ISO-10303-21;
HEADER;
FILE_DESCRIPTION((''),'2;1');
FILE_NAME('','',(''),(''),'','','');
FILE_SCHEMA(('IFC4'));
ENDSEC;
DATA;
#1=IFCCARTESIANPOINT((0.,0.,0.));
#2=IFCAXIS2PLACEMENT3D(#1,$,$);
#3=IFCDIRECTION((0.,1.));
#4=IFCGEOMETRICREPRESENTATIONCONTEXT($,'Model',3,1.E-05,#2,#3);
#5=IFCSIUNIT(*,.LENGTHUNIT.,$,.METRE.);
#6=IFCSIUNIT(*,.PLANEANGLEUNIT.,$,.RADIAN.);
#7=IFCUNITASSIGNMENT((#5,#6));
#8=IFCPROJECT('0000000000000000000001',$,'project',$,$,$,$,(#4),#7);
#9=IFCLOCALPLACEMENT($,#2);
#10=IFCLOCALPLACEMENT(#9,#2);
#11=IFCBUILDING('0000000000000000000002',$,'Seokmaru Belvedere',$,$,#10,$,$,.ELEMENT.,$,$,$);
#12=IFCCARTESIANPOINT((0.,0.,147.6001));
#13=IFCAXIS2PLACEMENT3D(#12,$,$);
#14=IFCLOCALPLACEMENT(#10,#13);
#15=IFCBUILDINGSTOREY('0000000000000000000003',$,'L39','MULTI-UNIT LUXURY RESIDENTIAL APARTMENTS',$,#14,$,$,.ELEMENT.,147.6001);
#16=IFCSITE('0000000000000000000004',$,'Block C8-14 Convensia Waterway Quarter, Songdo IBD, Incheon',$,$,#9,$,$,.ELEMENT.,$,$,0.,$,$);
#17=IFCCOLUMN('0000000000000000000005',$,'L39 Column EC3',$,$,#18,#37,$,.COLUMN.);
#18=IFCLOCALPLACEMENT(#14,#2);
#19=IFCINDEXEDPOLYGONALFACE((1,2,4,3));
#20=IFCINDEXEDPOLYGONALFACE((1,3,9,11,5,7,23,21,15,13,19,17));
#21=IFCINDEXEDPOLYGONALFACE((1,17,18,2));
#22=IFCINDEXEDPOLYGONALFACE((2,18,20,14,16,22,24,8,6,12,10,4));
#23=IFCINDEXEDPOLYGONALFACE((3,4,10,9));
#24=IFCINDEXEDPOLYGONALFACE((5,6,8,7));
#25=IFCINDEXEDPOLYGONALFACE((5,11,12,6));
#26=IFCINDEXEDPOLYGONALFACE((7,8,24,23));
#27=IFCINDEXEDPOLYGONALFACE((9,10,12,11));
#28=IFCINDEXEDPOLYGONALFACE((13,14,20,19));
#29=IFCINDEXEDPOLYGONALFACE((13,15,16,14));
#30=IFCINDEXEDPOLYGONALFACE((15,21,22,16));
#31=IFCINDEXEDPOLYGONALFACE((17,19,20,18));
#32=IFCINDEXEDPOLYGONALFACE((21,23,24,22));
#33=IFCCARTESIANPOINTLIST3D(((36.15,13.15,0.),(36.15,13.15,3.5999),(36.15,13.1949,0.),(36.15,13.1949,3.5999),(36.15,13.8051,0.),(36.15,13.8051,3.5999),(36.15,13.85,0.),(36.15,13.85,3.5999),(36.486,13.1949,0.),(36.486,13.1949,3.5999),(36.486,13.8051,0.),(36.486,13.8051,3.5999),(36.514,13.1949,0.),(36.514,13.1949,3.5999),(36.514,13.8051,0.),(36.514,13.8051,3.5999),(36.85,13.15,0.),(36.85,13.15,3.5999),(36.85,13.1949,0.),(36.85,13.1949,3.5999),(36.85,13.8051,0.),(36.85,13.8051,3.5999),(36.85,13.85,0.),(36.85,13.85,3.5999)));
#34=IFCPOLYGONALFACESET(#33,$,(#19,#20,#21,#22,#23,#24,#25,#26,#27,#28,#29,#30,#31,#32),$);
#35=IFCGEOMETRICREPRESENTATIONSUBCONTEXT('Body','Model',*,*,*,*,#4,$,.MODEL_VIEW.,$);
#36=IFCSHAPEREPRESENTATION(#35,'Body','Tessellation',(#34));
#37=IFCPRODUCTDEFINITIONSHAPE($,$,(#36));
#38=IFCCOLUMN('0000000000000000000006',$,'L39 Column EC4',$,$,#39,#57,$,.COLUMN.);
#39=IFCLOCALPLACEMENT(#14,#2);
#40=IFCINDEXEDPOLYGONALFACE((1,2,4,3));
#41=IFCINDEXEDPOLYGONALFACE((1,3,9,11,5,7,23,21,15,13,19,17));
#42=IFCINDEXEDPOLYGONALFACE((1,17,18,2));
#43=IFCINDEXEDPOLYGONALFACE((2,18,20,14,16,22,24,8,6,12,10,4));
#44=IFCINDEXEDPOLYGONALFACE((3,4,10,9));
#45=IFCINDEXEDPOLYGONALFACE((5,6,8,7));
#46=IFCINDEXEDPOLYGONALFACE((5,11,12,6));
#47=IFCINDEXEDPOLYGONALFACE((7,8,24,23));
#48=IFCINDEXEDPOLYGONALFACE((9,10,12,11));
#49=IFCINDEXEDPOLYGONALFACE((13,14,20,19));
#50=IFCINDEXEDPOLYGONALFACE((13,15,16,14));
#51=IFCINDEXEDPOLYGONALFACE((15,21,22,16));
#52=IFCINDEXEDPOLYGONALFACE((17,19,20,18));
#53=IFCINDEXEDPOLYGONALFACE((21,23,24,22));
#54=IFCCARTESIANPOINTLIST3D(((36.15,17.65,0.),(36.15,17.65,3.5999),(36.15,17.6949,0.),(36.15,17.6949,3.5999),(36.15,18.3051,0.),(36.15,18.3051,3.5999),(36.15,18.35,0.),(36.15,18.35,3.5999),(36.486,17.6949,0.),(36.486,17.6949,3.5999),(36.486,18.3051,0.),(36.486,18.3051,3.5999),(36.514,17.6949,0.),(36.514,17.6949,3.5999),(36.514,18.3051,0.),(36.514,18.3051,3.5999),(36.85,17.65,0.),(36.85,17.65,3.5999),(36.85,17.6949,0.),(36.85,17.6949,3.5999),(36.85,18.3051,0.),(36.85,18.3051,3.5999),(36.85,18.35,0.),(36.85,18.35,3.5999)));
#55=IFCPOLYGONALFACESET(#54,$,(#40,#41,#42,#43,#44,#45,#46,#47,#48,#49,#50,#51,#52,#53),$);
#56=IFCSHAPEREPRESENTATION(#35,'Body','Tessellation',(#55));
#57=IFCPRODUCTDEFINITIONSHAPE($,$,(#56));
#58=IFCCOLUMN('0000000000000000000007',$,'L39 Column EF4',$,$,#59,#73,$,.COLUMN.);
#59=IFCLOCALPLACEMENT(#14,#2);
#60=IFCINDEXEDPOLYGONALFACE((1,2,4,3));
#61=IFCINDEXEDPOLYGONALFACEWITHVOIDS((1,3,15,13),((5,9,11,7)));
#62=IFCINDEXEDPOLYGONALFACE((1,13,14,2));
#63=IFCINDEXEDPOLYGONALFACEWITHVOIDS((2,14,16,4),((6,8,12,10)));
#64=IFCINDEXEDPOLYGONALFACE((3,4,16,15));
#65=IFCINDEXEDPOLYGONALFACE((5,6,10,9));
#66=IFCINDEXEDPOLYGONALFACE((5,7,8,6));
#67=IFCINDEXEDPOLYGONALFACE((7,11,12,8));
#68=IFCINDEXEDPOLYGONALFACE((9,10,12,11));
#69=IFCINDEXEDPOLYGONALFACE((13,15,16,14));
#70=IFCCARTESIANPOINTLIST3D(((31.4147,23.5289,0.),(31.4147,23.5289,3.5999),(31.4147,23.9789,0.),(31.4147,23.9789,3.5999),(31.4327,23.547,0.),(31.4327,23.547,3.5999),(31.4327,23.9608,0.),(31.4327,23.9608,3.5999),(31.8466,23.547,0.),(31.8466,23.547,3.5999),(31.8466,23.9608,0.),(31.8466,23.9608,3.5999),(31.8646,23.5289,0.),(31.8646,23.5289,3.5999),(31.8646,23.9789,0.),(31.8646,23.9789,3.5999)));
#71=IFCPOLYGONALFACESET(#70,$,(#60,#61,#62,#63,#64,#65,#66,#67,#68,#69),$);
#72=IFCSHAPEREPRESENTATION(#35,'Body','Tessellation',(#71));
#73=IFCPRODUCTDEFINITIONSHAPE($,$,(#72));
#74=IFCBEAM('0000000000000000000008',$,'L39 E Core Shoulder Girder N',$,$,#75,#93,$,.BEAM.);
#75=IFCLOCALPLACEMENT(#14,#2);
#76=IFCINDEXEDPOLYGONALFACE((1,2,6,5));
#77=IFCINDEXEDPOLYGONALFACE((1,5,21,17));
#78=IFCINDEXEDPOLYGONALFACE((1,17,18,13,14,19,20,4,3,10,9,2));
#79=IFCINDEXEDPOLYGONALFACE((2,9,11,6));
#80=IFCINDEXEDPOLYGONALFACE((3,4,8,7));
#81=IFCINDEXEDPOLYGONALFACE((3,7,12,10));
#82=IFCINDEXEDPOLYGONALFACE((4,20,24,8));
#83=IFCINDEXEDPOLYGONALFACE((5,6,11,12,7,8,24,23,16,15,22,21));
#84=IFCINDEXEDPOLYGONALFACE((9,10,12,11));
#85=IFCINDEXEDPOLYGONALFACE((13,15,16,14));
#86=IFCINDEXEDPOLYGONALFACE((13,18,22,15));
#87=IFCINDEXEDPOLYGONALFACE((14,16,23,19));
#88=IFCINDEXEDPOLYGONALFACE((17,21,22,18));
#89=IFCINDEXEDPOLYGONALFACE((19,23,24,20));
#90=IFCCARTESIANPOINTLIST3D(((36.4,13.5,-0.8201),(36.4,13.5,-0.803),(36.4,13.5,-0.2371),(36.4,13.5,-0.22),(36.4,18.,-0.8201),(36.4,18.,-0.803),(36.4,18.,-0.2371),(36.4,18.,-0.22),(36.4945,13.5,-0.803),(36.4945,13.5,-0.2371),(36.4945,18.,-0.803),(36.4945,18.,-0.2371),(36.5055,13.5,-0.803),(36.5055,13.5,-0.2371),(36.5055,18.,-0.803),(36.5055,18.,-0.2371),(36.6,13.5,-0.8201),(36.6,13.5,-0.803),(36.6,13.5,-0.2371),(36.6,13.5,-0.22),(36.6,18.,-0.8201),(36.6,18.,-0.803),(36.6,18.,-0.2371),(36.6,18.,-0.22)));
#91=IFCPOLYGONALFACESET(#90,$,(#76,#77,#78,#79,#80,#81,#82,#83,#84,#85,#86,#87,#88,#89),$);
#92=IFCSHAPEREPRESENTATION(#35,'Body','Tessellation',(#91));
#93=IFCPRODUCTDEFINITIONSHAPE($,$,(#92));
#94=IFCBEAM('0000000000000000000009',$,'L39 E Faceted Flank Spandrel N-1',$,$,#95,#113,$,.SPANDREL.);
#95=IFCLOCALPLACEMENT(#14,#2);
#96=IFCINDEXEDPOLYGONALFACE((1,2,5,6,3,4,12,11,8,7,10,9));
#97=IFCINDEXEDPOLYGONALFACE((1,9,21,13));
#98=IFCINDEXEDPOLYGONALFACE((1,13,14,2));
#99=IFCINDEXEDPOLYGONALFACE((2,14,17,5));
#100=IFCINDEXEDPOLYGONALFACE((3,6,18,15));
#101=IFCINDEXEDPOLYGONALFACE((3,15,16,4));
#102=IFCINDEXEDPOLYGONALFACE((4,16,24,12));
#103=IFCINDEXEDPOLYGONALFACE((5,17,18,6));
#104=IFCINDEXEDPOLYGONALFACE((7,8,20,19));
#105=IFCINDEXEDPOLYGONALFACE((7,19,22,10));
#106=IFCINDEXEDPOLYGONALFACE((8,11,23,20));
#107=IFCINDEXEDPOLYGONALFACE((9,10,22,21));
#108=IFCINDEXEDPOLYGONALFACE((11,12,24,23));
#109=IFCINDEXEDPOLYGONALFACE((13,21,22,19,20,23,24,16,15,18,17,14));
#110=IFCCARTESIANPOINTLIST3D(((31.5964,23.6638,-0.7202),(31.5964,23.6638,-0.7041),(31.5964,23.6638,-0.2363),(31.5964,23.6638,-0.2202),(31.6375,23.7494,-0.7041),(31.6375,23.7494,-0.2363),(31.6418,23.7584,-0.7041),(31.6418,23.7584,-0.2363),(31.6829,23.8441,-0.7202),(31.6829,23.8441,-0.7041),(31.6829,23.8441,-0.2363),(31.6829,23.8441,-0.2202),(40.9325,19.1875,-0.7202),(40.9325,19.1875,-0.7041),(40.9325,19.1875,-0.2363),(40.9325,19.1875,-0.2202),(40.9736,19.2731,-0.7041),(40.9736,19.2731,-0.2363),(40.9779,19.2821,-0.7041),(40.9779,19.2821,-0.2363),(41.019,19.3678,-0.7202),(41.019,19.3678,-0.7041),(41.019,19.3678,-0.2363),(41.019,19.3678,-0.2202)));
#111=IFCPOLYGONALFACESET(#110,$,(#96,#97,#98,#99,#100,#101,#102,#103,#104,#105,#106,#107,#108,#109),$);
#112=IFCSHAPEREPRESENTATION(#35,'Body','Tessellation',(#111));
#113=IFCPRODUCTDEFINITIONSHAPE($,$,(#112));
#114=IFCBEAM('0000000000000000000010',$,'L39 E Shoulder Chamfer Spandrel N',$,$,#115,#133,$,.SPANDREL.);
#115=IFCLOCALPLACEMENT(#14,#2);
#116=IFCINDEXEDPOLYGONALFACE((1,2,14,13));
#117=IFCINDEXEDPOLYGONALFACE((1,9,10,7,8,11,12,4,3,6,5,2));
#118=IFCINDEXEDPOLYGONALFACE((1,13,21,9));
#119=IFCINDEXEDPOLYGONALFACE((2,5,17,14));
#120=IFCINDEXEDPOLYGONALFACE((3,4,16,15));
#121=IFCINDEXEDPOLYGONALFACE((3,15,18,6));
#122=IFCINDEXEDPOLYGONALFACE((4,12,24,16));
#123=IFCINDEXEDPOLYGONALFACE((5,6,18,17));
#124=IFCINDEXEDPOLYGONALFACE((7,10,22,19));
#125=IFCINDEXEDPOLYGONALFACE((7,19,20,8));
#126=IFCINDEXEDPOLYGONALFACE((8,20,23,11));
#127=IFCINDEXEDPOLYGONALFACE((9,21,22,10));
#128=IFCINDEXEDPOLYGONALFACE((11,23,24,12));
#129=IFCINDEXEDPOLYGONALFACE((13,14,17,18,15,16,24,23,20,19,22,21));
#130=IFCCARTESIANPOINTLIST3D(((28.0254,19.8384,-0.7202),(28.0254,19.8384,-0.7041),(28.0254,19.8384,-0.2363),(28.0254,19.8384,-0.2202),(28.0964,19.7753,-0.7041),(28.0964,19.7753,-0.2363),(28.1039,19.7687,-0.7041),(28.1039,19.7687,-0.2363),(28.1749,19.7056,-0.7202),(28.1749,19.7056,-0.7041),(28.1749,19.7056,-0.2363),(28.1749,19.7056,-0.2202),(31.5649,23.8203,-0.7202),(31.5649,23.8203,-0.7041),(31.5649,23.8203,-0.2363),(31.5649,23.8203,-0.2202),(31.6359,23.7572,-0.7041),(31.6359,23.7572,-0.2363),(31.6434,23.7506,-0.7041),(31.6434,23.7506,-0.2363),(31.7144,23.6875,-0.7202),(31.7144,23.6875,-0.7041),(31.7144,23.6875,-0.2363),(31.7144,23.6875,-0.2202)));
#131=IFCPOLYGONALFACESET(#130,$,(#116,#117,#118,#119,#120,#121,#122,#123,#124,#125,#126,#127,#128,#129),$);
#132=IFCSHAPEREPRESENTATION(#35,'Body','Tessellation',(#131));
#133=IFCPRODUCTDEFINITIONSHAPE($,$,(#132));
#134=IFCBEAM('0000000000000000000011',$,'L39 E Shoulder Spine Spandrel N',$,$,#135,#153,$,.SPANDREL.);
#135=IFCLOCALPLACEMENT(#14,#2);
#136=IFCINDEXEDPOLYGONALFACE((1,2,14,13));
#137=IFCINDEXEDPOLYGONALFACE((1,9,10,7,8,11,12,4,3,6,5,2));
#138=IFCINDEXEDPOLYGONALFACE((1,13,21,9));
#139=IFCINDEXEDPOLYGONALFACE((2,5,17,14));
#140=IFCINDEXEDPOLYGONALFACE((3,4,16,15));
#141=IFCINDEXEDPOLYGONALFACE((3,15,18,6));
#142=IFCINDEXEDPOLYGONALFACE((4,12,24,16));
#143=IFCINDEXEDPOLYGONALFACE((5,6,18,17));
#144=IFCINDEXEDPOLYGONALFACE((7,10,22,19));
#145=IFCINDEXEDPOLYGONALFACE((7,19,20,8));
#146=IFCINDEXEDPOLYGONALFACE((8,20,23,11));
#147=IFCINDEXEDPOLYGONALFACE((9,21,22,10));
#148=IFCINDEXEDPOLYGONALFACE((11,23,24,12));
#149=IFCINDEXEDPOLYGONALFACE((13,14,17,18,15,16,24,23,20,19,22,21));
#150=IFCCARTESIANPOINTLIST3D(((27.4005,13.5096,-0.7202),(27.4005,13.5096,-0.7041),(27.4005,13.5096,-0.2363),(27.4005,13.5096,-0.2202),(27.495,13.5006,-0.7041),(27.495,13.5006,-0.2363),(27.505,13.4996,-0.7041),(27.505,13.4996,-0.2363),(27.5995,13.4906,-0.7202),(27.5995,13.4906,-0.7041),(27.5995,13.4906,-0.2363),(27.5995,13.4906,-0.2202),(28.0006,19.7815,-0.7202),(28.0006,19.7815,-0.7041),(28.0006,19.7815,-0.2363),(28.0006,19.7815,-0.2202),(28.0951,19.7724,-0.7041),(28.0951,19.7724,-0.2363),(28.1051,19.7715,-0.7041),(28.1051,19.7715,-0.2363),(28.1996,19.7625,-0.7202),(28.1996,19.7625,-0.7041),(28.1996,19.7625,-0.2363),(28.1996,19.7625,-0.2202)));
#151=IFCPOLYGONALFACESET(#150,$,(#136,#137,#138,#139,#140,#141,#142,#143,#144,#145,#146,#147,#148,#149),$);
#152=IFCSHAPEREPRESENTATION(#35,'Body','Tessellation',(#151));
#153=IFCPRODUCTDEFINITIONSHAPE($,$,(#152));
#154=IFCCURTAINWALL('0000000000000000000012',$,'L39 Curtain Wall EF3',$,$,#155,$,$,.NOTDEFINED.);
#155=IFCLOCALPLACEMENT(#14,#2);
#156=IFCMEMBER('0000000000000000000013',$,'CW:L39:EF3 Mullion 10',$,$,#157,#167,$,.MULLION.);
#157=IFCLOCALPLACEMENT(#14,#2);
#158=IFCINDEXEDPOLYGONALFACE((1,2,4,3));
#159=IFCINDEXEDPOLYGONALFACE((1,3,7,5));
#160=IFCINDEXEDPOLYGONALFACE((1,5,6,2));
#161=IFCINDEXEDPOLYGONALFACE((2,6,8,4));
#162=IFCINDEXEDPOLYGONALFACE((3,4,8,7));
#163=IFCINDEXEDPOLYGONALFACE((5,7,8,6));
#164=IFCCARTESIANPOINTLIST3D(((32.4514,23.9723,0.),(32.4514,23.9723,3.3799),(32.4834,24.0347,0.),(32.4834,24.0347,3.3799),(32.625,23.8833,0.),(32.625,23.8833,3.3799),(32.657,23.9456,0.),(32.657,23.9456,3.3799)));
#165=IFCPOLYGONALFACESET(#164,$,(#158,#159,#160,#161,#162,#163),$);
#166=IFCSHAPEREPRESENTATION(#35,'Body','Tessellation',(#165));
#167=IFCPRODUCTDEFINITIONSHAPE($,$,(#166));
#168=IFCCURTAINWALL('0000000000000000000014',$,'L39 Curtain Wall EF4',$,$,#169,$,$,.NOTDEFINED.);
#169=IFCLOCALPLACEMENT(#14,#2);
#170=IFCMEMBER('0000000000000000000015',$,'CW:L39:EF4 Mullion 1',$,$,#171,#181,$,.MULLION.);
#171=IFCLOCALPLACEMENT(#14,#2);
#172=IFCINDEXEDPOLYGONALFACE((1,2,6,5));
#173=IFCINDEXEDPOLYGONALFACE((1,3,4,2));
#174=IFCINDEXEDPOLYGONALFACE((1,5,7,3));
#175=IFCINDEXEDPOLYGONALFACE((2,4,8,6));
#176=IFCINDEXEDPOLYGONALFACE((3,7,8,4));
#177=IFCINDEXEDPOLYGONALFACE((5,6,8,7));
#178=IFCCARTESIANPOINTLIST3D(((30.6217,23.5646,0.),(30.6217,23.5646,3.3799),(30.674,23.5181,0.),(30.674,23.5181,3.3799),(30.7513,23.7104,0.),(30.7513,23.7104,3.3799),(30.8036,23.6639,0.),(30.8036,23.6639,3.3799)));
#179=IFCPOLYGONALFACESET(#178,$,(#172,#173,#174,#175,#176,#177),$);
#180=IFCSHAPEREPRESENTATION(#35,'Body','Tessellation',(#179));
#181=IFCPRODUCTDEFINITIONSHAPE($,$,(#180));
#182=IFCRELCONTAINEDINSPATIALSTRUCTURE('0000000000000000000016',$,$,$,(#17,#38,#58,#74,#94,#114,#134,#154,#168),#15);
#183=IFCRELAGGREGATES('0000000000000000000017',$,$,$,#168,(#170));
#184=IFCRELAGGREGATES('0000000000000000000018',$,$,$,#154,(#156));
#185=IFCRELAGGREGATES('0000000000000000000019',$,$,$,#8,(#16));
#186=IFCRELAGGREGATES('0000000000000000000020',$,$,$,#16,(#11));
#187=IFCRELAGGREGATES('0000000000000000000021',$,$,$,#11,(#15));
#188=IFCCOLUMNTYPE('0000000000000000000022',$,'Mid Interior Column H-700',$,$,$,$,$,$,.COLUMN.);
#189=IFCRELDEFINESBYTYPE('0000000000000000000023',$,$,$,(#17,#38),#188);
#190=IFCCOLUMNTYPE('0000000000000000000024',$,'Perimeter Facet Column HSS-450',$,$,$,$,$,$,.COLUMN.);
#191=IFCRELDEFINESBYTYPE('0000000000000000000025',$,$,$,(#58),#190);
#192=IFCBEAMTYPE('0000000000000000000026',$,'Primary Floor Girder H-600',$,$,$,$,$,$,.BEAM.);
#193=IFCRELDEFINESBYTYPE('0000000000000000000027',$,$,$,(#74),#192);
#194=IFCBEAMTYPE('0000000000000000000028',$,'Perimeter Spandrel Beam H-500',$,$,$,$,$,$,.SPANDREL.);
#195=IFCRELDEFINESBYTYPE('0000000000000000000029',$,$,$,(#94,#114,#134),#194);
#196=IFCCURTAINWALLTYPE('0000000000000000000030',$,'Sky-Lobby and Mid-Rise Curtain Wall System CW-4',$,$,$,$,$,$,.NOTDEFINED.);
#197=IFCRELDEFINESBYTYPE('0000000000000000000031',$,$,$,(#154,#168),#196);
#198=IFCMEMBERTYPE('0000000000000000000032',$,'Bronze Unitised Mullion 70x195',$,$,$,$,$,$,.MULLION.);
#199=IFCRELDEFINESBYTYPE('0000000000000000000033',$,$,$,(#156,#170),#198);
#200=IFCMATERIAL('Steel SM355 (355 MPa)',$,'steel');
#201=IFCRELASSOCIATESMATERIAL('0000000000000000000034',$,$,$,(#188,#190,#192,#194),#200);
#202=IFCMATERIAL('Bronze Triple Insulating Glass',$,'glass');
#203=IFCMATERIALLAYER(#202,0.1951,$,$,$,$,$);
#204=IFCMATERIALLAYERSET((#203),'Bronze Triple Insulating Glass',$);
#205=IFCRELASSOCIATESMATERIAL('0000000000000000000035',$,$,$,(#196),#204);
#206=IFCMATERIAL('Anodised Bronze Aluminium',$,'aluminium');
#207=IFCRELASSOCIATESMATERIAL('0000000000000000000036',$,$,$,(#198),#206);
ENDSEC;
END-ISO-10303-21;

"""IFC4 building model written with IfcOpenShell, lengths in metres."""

from ifc_helpers import new_model, si_unit, direction, frame, origin, origin_2d, place, context, subcontext, project, spatial, rectangle, hollow_rectangle, i_section, extrude, source, transform, mapped, material, layer, layer_set, material_profile, profile_set, type_object, type_shapes, element, aggregate, save


model = new_model("IFC4")

# Units and contexts
model_context = context("Model", 3, precision=1e-05, world=origin(), true_north=direction((0.0, 1.0)))
body_context = subcontext(model_context, "Body", "Model", "MODEL_VIEW")
ifc_project = project(units=[si_unit("LENGTHUNIT", "METRE"), si_unit("PLANEANGLEUNIT", "RADIAN")], contexts=[model_context])

# Site, building, storey
site_placement = place(None, origin())
site = spatial("IfcSite", under=ifc_project, at=site_placement, Name="Block C8-14 Convensia Waterway Quarter, Songdo IBD, Incheon", CompositionType="ELEMENT", RefElevation=0.0)
building_placement = place(site_placement, origin())
building = spatial("IfcBuilding", under=site, at=building_placement, Name="Seokmaru Belvedere", CompositionType="ELEMENT")
storey_placement = place(building_placement, frame((0.0, 0.0, 147.6001)))
storey = spatial("IfcBuildingStorey", under=building, at=storey_placement, Name="L39", Description="MULTI-UNIT LUXURY RESIDENTIAL APARTMENTS", CompositionType="ELEMENT", Elevation=147.6001)

# Columns
ifc_material_1 = material(Name="Steel SM355 (355 MPa)", Category="steel")
ifc_material_profile_1 = material_profile(ifc_material_1, i_section(OverallWidth=0.7, OverallDepth=0.7, WebThickness=0.0281, FlangeThickness=0.0449, at=origin_2d()), Name="H-700x700x28x45")
ifc_profile_set_1 = profile_set([ifc_material_profile_1], Name="Steel SM355 (355 MPa)")
column_type_1 = type_object("IfcColumnType", Name="Mid Interior Column H-700", PredefinedType="COLUMN", material=ifc_profile_set_1)
shared_shape_1 = source(origin(), body_context, "Body", "SweptSolid", [
    extrude(i_section(OverallWidth=0.7, OverallDepth=0.7, WebThickness=0.0281, FlangeThickness=0.0449, at=origin_2d()), origin(), (0.0, 0.0, 1.0), 3.5999),
])
type_shapes(column_type_1, [shared_shape_1])
for number, where, z_axis, x_axis, name in (
    (1, (36.5, 13.5, 0.0), (0.0, 0.0, 1.0), (1.0, 0.0, 0.0), "L39 Column EC3"),
    (2, (36.5, 18.0, 0.0), (0.0, 0.0, 1.0), (1.0, 0.0, 0.0), "L39 Column EC4"),
):
    element("IfcColumn", number, at=place(storey_placement, frame(where, z_axis=z_axis, x_axis=x_axis)), inside=storey, type_object=column_type_1, Name=name, PredefinedType="COLUMN", context=body_context, shape_type="MappedRepresentation", body=[
        mapped(shared_shape_1, transform((0.0, 0.0, 0.0), scale=1.0)),
    ])
ifc_material_profile_2 = material_profile(ifc_material_1, hollow_rectangle(XDim=0.45, YDim=0.45, WallThickness=0.0181, at=origin_2d()), Name="HSS-450x450x18")
ifc_profile_set_2 = profile_set([ifc_material_profile_2], Name="Steel SM355 (355 MPa)")
column_type_2 = type_object("IfcColumnType", Name="Perimeter Facet Column HSS-450", PredefinedType="COLUMN", material=ifc_profile_set_2)
shared_shape_2 = source(origin(), body_context, "Body", "SweptSolid", [
    extrude(hollow_rectangle(XDim=0.45, YDim=0.45, WallThickness=0.0181, at=origin_2d()), origin(), (0.0, 0.0, 1.0), 3.5999),
])
type_shapes(column_type_2, [shared_shape_2])
column_placement = place(storey_placement, frame((31.6396, 23.7539, 0.0), z_axis=(0.0, 0.0, 1.0), x_axis=(1.0, 0.0, 0.0)))
element("IfcColumn", 3, at=column_placement, inside=storey, type_object=column_type_2, Name="L39 Column EF4", PredefinedType="COLUMN", context=body_context, shape_type="MappedRepresentation", body=[
    mapped(shared_shape_2, transform((0.0, 0.0, 0.0), scale=1.0)),
])

# Beams
ifc_material_profile_3 = material_profile(ifc_material_1, i_section(OverallWidth=0.2, OverallDepth=0.6001, WebThickness=0.011, FlangeThickness=0.0171, at=origin_2d()), Name="H-600x200x11x17")
ifc_profile_set_3 = profile_set([ifc_material_profile_3], Name="Steel SM355 (355 MPa)")
beam_type_1 = type_object("IfcBeamType", Name="Primary Floor Girder H-600", PredefinedType="BEAM", material=ifc_profile_set_3)
shared_shape_3 = source(origin(), body_context, "Body", "SweptSolid", [
    extrude(i_section(OverallWidth=0.2, OverallDepth=0.6001, WebThickness=0.011, FlangeThickness=0.0171, at=origin_2d()), origin(), (0.0, 0.0, 1.0), 4.5),
])
type_shapes(beam_type_1, [shared_shape_3])
beam_1_placement = place(storey_placement, frame((36.5, 13.5, -0.52), z_axis=(0.0, 1.0, 0.0), x_axis=(-1.0, 0.0, 0.0)))
element("IfcBeam", 4, at=beam_1_placement, inside=storey, type_object=beam_type_1, Name="L39 E Core Shoulder Girder N", PredefinedType="BEAM", context=body_context, shape_type="MappedRepresentation", body=[
    mapped(shared_shape_3, transform((0.0, 0.0, 0.0), scale=1.0)),
])
ifc_material_profile_4 = material_profile(ifc_material_1, i_section(OverallWidth=0.2, OverallDepth=0.5, WebThickness=0.01, FlangeThickness=0.0161, at=origin_2d()), Name="H-500x200x10x16")
ifc_profile_set_4 = profile_set([ifc_material_profile_4], Name="Steel SM355 (355 MPa)")
beam_type_2 = type_object("IfcBeamType", Name="Perimeter Spandrel Beam H-500", PredefinedType="SPANDREL", material=ifc_profile_set_4)
shared_shape_4 = source(origin(), body_context, "Body", "SweptSolid", [
    extrude(i_section(OverallWidth=0.2, OverallDepth=0.5, WebThickness=0.01, FlangeThickness=0.0161, at=origin_2d()), origin(), (0.0, 0.0, 1.0), 10.3538),
])
beam_2_placement = place(storey_placement, frame((31.6396, 23.7539, -0.4702), z_axis=(0.901713, -0.432335, 0.0), x_axis=(0.432335, 0.901713, 0.0)))
element("IfcBeam", 5, at=beam_2_placement, inside=storey, type_object=beam_type_2, Name="L39 E Faceted Flank Spandrel N-1", PredefinedType="SPANDREL", context=body_context, shape_type="MappedRepresentation", body=[
    mapped(shared_shape_4, transform((0.0, 0.0, 0.0), scale=1.0)),
])
shared_shape_5 = source(origin(), body_context, "Body", "SweptSolid", [
    extrude(i_section(OverallWidth=0.2, OverallDepth=0.5, WebThickness=0.01, FlangeThickness=0.0161, at=origin_2d()), origin(), (0.0, 0.0, 1.0), 5.3276),
])
beam_3_placement = place(storey_placement, frame((31.6396, 23.7539, -0.4702), z_axis=(-0.66437, -0.747404, 0.0), x_axis=(0.747404, -0.66437, 0.0)))
element("IfcBeam", 6, at=beam_3_placement, inside=storey, type_object=beam_type_2, Name="L39 E Shoulder Chamfer Spandrel N", PredefinedType="SPANDREL", context=body_context, shape_type="MappedRepresentation", body=[
    mapped(shared_shape_5, transform((0.0, 0.0, 0.0), scale=1.0)),
])
shared_shape_6 = source(origin(), body_context, "Body", "SweptSolid", [
    extrude(i_section(OverallWidth=0.2, OverallDepth=0.5, WebThickness=0.01, FlangeThickness=0.0161, at=origin_2d()), origin(), (0.0, 0.0, 1.0), 6.3005),
])
type_shapes(beam_type_2, [shared_shape_4, shared_shape_5, shared_shape_6])
beam_4_placement = place(storey_placement, frame((28.1001, 19.772, -0.4702), z_axis=(-0.095244, -0.995454, 0.0), x_axis=(0.995454, -0.095244, 0.0)))
element("IfcBeam", 7, at=beam_4_placement, inside=storey, type_object=beam_type_2, Name="L39 E Shoulder Spine Spandrel N", PredefinedType="SPANDREL", context=body_context, shape_type="MappedRepresentation", body=[
    mapped(shared_shape_6, transform((0.0, 0.0, 0.0), scale=1.0)),
])

# Curtain wall, member
ifc_material_2 = material(Name="Bronze Triple Insulating Glass", Category="glass")
ifc_layer_1 = layer(ifc_material_2, 0.1951)
ifc_layer_set_1 = layer_set([ifc_layer_1], Name="Bronze Triple Insulating Glass")
curtain_wall_type = type_object("IfcCurtainWallType", Name="Sky-Lobby and Mid-Rise Curtain Wall System CW-4", PredefinedType="NOTDEFINED", material=ifc_layer_set_1)
curtain_wall_1_placement = place(storey_placement, origin())
curtain_wall_1 = element("IfcCurtainWall", 8, at=curtain_wall_1_placement, inside=storey, type_object=curtain_wall_type, Name="L39 Curtain Wall EF3", PredefinedType="NOTDEFINED")
ifc_material_3 = material(Name="Anodised Bronze Aluminium", Category="aluminium")
ifc_material_profile_5 = material_profile(ifc_material_3, rectangle(XDim=0.0701, YDim=0.1951, at=origin_2d()), Name="CW-M-70x195")
ifc_profile_set_5 = profile_set([ifc_material_profile_5], Name="Anodised Bronze Aluminium")
member_type_1 = type_object("IfcMemberType", Name="Bronze Unitised Mullion 70x195", PredefinedType="MULLION", material=ifc_profile_set_5)
shared_shape_7 = source(origin(), body_context, "Body", "SweptSolid", [
    extrude(rectangle(XDim=0.0701, YDim=0.1951, at=origin_2d()), origin(), (0.0, 0.0, 1.0), 3.3799),
])
type_shapes(member_type_1, [shared_shape_7])
member_1_placement = place(storey_placement, frame((32.5542, 23.959, 0.0), z_axis=(0.0, 0.0, 1.0), x_axis=(-0.456555, -0.889695, 0.0)))
member_1 = element("IfcMember", 9, at=member_1_placement, type_object=member_type_1, Name="CW:L39:EF3 Mullion 10", PredefinedType="MULLION", context=body_context, shape_type="MappedRepresentation", body=[
    mapped(shared_shape_7, transform((0.0, 0.0, 0.0), scale=1.0)),
])

# Curtain wall, member
curtain_wall_2_placement = place(storey_placement, origin())
curtain_wall_2 = element("IfcCurtainWall", 10, at=curtain_wall_2_placement, inside=storey, type_object=curtain_wall_type, Name="L39 Curtain Wall EF4", PredefinedType="NOTDEFINED")
member_2_placement = place(storey_placement, frame((30.7126, 23.6143, 0.0), z_axis=(0.0, 0.0, 1.0), x_axis=(0.74741, -0.664363, 0.0)))
member_2 = element("IfcMember", 11, at=member_2_placement, type_object=member_type_1, Name="CW:L39:EF4 Mullion 1", PredefinedType="MULLION", context=body_context, shape_type="MappedRepresentation", body=[
    mapped(shared_shape_7, transform((0.0, 0.0, 0.0), scale=1.0)),
])

aggregate(curtain_wall_2, [member_2])
aggregate(curtain_wall_1, [member_1])

save(model, "model.ifc")
